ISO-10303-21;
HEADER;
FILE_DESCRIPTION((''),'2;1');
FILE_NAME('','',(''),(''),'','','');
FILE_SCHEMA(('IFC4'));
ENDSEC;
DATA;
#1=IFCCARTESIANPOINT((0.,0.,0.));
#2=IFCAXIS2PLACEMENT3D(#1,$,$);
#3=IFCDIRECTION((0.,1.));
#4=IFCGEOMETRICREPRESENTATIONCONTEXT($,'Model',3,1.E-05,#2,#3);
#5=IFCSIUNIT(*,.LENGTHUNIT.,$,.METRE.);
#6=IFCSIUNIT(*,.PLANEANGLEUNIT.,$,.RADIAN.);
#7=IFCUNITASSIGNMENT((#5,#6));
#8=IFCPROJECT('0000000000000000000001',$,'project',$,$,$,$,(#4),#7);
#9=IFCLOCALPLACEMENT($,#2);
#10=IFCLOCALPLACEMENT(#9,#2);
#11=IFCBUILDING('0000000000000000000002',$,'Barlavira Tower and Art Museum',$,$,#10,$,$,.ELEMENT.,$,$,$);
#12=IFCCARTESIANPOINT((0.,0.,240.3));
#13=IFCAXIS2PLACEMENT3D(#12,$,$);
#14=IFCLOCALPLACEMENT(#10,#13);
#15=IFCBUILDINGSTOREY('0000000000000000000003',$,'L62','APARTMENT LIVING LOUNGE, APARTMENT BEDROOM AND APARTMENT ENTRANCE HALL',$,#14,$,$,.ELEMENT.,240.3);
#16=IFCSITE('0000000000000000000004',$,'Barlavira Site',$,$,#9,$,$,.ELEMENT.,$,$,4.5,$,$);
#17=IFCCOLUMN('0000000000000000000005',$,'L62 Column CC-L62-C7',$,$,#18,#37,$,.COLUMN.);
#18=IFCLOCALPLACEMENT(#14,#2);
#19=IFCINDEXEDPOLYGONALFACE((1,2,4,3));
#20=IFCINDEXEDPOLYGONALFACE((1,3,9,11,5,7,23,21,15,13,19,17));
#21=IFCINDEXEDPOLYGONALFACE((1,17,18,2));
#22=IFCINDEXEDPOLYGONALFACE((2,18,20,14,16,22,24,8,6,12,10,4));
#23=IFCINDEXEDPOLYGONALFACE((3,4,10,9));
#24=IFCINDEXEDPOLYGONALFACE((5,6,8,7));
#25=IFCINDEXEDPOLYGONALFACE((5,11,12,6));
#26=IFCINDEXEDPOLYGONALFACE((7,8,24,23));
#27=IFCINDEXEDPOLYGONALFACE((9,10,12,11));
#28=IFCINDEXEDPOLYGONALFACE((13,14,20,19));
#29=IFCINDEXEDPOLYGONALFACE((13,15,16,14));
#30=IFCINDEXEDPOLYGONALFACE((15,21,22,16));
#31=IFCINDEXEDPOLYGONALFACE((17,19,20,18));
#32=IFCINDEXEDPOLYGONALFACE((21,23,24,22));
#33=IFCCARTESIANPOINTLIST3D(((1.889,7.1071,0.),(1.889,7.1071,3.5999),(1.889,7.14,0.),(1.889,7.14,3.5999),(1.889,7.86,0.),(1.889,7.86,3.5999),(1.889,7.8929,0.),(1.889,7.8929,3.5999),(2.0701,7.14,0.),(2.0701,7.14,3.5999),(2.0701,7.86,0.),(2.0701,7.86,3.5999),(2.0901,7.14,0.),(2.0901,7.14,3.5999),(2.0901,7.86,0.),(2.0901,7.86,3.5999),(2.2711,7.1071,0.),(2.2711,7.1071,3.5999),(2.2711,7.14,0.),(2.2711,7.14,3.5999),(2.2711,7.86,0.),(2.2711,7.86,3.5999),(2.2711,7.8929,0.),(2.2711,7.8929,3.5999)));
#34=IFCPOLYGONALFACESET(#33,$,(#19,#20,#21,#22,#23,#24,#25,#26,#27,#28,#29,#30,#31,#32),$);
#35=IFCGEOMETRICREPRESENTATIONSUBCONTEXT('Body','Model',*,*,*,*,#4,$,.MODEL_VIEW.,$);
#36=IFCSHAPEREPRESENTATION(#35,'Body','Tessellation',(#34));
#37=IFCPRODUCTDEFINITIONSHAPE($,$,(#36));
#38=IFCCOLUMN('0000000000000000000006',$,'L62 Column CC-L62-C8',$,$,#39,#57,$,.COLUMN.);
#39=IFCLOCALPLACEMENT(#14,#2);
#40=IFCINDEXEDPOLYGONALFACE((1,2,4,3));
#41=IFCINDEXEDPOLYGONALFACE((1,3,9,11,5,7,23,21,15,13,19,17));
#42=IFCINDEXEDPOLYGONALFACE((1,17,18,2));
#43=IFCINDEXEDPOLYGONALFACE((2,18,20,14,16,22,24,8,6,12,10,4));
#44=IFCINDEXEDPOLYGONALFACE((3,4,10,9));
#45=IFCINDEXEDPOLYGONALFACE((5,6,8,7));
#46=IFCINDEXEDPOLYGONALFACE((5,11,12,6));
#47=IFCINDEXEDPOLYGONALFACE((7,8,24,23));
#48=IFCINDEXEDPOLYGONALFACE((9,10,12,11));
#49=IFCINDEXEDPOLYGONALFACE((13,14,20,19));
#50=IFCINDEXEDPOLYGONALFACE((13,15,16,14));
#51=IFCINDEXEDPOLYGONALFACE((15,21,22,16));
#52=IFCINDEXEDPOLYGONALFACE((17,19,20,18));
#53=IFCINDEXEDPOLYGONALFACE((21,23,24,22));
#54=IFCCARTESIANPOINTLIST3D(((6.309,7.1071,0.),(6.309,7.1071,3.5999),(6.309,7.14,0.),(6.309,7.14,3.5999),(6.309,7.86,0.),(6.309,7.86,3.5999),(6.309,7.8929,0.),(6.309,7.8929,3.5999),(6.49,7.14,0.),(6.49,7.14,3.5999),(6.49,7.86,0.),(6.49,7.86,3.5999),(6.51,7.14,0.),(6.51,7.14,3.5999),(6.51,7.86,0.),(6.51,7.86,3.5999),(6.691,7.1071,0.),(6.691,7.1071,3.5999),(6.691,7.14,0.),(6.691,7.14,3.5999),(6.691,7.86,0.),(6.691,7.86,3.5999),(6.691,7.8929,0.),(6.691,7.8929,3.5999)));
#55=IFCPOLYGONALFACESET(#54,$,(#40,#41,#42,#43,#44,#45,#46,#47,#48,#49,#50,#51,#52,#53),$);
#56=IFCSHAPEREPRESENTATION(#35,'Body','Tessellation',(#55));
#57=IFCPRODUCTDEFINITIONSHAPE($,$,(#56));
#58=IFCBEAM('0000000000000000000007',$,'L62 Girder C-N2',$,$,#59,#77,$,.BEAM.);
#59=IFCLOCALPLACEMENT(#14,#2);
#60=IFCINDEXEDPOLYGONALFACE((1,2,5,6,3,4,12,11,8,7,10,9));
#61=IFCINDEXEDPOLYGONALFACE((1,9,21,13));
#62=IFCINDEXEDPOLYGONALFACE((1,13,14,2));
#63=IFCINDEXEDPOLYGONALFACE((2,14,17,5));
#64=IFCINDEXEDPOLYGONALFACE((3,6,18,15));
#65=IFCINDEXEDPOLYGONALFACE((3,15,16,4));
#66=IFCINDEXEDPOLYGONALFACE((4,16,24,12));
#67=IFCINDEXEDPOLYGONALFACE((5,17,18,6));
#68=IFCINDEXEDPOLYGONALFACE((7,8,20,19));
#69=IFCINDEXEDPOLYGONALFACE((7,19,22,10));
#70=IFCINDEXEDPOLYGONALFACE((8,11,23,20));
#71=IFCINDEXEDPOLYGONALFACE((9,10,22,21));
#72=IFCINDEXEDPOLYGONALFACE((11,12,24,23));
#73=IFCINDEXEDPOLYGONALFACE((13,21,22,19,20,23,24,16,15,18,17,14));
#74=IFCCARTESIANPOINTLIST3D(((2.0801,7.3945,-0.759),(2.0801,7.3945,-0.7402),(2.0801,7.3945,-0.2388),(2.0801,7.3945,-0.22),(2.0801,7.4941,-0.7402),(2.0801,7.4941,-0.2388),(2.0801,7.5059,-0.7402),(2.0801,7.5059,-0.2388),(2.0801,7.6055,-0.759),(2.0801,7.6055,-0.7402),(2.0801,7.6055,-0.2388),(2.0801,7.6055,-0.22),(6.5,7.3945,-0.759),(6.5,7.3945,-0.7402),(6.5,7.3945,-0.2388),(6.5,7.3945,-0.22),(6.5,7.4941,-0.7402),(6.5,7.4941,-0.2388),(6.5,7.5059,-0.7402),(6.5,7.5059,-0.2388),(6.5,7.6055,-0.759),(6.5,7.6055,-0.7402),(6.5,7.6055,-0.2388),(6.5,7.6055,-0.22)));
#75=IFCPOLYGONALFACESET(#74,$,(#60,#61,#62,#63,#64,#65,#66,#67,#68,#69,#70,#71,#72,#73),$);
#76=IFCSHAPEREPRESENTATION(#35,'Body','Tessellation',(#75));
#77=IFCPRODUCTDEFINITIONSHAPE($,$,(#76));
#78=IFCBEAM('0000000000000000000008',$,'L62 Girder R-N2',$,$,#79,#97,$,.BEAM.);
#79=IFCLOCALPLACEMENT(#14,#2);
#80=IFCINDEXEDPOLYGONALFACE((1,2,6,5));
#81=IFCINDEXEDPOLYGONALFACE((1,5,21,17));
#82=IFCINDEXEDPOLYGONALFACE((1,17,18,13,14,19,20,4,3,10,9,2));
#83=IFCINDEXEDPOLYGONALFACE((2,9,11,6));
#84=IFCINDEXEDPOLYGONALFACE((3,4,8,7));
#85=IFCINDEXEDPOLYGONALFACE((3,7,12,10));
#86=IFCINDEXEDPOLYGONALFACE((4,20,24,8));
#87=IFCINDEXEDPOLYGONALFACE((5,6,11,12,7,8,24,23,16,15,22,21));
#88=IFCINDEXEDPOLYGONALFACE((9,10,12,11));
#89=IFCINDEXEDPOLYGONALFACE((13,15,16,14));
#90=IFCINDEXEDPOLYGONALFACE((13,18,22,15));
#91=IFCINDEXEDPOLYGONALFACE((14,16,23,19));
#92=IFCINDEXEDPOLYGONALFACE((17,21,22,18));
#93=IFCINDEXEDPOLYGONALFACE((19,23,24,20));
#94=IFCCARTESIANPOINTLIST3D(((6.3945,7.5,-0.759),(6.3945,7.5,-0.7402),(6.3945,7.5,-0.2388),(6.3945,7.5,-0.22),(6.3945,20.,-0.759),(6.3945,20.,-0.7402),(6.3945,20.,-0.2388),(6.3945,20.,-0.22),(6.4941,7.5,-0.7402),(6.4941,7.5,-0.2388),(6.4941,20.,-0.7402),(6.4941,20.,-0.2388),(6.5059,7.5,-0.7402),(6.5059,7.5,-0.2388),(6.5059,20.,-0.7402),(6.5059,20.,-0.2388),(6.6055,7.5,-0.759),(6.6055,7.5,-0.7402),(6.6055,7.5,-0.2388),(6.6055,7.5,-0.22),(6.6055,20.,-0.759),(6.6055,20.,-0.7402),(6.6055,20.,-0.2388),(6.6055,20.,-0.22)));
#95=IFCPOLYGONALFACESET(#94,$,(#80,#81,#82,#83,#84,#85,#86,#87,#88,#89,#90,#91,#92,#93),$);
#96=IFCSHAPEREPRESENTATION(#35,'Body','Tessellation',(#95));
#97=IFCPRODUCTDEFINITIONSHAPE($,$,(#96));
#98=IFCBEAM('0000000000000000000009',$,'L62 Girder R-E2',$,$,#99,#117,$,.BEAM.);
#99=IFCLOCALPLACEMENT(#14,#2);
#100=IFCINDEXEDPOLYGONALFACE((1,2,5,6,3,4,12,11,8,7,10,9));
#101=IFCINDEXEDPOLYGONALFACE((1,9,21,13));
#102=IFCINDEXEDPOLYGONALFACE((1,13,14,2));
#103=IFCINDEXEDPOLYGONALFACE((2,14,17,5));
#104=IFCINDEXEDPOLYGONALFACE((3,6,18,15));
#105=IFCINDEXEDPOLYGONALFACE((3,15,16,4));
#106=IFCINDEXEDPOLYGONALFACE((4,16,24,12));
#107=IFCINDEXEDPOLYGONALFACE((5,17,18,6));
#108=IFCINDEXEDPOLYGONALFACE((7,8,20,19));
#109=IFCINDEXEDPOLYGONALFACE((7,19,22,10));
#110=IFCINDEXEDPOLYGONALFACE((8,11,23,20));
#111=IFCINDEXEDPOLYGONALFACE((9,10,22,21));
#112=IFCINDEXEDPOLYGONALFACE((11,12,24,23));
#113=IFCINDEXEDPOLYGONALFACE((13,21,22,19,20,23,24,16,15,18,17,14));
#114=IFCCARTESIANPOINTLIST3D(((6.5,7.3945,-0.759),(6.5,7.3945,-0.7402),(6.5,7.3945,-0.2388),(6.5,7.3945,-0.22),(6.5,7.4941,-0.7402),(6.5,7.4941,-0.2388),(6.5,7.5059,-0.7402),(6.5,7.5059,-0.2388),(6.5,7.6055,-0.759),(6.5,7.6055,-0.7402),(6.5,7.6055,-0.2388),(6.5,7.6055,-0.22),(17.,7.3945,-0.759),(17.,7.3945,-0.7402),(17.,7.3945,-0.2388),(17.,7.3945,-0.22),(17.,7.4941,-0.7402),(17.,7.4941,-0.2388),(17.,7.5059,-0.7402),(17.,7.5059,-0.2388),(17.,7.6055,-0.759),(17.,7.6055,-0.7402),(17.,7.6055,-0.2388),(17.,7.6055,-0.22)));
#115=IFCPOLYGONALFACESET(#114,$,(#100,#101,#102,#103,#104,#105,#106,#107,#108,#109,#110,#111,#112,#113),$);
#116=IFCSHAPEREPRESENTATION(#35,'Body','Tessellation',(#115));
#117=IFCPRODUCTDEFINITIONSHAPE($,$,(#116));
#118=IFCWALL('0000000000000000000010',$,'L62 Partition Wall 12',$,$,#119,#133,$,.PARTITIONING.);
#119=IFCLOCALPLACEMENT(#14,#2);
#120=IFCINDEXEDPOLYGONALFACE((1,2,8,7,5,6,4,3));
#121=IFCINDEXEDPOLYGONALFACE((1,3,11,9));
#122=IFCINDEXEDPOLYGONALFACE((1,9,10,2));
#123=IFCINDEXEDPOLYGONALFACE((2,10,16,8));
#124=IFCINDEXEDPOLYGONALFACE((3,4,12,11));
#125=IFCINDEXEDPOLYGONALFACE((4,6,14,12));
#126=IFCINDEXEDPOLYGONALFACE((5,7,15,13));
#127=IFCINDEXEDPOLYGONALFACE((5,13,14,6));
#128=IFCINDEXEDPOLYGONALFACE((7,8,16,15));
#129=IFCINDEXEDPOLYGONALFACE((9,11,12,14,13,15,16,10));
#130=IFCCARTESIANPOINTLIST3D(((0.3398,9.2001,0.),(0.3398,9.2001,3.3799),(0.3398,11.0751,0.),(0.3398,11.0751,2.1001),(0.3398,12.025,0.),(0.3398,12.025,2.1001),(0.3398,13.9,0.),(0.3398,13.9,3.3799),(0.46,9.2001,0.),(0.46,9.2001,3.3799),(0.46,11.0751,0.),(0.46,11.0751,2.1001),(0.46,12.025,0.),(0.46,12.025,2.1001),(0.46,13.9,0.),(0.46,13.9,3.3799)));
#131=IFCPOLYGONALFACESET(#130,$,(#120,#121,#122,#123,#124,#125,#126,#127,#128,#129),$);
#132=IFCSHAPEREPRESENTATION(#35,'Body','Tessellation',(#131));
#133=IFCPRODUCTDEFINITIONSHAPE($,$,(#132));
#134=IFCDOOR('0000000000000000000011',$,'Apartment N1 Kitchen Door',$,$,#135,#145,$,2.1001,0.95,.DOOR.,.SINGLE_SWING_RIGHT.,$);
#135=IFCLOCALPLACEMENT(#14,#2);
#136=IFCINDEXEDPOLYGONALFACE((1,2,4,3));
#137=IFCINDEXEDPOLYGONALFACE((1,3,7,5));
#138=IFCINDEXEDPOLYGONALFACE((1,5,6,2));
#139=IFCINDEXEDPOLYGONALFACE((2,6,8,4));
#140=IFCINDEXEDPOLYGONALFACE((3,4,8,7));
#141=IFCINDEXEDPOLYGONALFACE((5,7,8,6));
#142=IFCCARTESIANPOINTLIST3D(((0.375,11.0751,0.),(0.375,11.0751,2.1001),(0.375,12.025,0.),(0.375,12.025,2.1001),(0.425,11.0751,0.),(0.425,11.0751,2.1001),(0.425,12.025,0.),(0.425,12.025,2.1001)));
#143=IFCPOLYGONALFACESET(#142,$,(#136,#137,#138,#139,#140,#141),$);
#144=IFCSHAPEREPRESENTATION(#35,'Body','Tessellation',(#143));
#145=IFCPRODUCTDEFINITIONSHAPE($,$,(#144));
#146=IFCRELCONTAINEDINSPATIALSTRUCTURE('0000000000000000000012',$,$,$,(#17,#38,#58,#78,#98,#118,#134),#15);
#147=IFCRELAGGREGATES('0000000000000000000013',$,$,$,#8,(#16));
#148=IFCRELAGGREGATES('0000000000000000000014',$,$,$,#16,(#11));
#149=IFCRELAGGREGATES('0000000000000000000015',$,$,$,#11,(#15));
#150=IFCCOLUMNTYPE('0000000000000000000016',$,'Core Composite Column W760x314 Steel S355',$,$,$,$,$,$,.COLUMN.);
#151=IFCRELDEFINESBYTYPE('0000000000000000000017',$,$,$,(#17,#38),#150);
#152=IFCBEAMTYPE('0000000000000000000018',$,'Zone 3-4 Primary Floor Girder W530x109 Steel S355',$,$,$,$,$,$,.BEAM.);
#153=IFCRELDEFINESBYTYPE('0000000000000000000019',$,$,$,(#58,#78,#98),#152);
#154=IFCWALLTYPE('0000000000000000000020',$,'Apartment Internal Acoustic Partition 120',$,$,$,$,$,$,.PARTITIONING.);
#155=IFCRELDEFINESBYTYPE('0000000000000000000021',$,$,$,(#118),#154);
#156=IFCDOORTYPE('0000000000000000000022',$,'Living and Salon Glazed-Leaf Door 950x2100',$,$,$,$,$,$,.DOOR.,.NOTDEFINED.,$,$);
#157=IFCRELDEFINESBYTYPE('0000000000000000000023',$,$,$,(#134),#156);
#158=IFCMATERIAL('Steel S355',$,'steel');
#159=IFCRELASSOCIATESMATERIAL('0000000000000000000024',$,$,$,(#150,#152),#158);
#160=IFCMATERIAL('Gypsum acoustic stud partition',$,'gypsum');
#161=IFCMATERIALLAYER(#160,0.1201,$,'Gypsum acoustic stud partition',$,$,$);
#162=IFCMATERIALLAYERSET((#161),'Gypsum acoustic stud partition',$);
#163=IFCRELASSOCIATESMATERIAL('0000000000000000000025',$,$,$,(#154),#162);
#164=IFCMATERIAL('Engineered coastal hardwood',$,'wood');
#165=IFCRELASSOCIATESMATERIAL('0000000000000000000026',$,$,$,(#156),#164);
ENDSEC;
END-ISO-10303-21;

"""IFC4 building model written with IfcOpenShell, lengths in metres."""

from ifc_helpers import new_model, si_unit, direction, frame, frame_2d, origin, origin_2d, place, context, subcontext, project, spatial, rectangle, i_section, extrude, material, layer, layer_set, material_profile, profile_set, type_object, element, fill, save


model = new_model("IFC4")

# Units and contexts
model_context = context("Model", 3, precision=1e-05, world=origin(), true_north=direction((0.0, 1.0)))
body_context = subcontext(model_context, "Body", "Model", "MODEL_VIEW")
ifc_project = project(units=[si_unit("LENGTHUNIT", "METRE"), si_unit("PLANEANGLEUNIT", "RADIAN")], contexts=[model_context])

# Site, building, storey
site_placement = place(None, origin())
site = spatial("IfcSite", under=ifc_project, at=site_placement, Name="Barlavira Site", CompositionType="ELEMENT", RefElevation=4.5)
building_placement = place(site_placement, origin())
building = spatial("IfcBuilding", under=site, at=building_placement, Name="Barlavira Tower and Art Museum", CompositionType="ELEMENT")
storey_placement = place(building_placement, frame((0.0, 0.0, 240.3)))
storey = spatial("IfcBuildingStorey", under=building, at=storey_placement, Name="L62", Description="APARTMENT LIVING LOUNGE, APARTMENT BEDROOM AND APARTMENT ENTRANCE HALL", CompositionType="ELEMENT", Elevation=240.3)

# Columns
ifc_material_1 = material(Name="Steel S355", Category="steel")
ifc_material_profile_1 = material_profile(ifc_material_1, i_section(OverallWidth=0.3821, OverallDepth=0.7859, WebThickness=0.02, FlangeThickness=0.033, at=origin_2d()), Name="W760x314.0")
ifc_profile_set_1 = profile_set([ifc_material_profile_1], Name="Steel S355")
column_type = type_object("IfcColumnType", Name="Core Composite Column W760x314 Steel S355", PredefinedType="COLUMN", material=ifc_profile_set_1)
for number, where, z_axis, x_axis, name in (
    (1, (2.0801, 7.5, 0.0), (0.0, 0.0, 1.0), (1.0, 0.0, 0.0), "L62 Column CC-L62-C7"),
    (2, (6.5, 7.5, 0.0), (0.0, 0.0, 1.0), (1.0, 0.0, 0.0), "L62 Column CC-L62-C8"),
):
    element("IfcColumn", number, at=place(storey_placement, frame(where, z_axis=z_axis, x_axis=x_axis)), inside=storey, type_object=column_type, Name=name, PredefinedType="COLUMN", context=body_context, shape_type="SweptSolid", body=[
        extrude(i_section(OverallWidth=0.3821, OverallDepth=0.7859, WebThickness=0.02, FlangeThickness=0.033, at=origin_2d()), origin(), (0.0, 0.0, 1.0), 3.5999),
    ])

# Beams
ifc_material_profile_2 = material_profile(ifc_material_1, i_section(OverallWidth=0.2109, OverallDepth=0.5391, WebThickness=0.0117, FlangeThickness=0.0188, at=origin_2d()), Name="W530x109.0")
ifc_profile_set_2 = profile_set([ifc_material_profile_2], Name="Steel S355")
beam_type = type_object("IfcBeamType", Name="Zone 3-4 Primary Floor Girder W530x109 Steel S355", PredefinedType="BEAM", material=ifc_profile_set_2)
beam_1_placement = place(storey_placement, frame((2.0801, 7.5, -0.4895), z_axis=(1.0, 0.0, 0.0), x_axis=(0.0, 1.0, 0.0)))
element("IfcBeam", 3, at=beam_1_placement, inside=storey, type_object=beam_type, Name="L62 Girder C-N2", PredefinedType="BEAM", context=body_context, shape_type="SweptSolid", body=[
    extrude(i_section(OverallWidth=0.2109, OverallDepth=0.5391, WebThickness=0.0117, FlangeThickness=0.0188, at=origin_2d()), origin(), (0.0, 0.0, 1.0), 4.4199),
])
beam_2_placement = place(storey_placement, frame((6.5, 7.5, -0.4895), z_axis=(0.0, 1.0, 0.0), x_axis=(-1.0, 0.0, 0.0)))
element("IfcBeam", 4, at=beam_2_placement, inside=storey, type_object=beam_type, Name="L62 Girder R-N2", PredefinedType="BEAM", context=body_context, shape_type="SweptSolid", body=[
    extrude(i_section(OverallWidth=0.2109, OverallDepth=0.5391, WebThickness=0.0117, FlangeThickness=0.0188, at=origin_2d()), origin(), (0.0, 0.0, 1.0), 12.5),
])
beam_3_placement = place(storey_placement, frame((6.5, 7.5, -0.4895), z_axis=(1.0, 0.0, 0.0), x_axis=(0.0, 1.0, 0.0)))
element("IfcBeam", 5, at=beam_3_placement, inside=storey, type_object=beam_type, Name="L62 Girder R-E2", PredefinedType="BEAM", context=body_context, shape_type="SweptSolid", body=[
    extrude(i_section(OverallWidth=0.2109, OverallDepth=0.5391, WebThickness=0.0117, FlangeThickness=0.0188, at=origin_2d()), origin(), (0.0, 0.0, 1.0), 10.5),
])

# Wall, opening, door
ifc_material_2 = material(Name="Gypsum acoustic stud partition", Category="gypsum")
ifc_layer_1 = layer(ifc_material_2, 0.1201, Name="Gypsum acoustic stud partition")
ifc_layer_set_1 = layer_set([ifc_layer_1], Name="Gypsum acoustic stud partition")
wall_type_1 = type_object("IfcWallType", Name="Apartment Internal Acoustic Partition 120", PredefinedType="PARTITIONING", material=ifc_layer_set_1)
wall_1_placement = place(storey_placement, frame((0.3999, 9.2, 0.0), z_axis=(0.0, 0.0, 1.0), x_axis=(0.0, 1.0, 0.0)))
wall_1 = element("IfcWall", 6, at=wall_1_placement, inside=storey, type_object=wall_type_1, Name="L62 Partition Wall 12", PredefinedType="PARTITIONING", context=body_context, shape_type="SweptSolid", body=[
    extrude(rectangle(XDim=4.7, YDim=0.1201, at=frame_2d((2.3501, 0.0))), origin(), (0.0, 0.0, 1.0), 3.3799),
])
opening_1_placement = place(wall_1_placement, frame((1.875, 0.0, 0.0)))
opening_1 = element("IfcOpeningElement", 7, at=opening_1_placement, cuts=wall_1, PredefinedType="OPENING", context=body_context, shape_type="SweptSolid", body=[
    extrude(rectangle(XDim=0.95, YDim=2.1001, at=frame_2d((0.4751, 1.05))), frame((0.0, 0.0701, 0.0), z_axis=(0.0, -1.0, 0.0), x_axis=(1.0, 0.0, 0.0)), (0.0, 0.0, 1.0), 0.1401),
])
ifc_material_3 = material(Name="Engineered coastal hardwood", Category="wood")
door_type_1 = type_object("IfcDoorType", Name="Living and Salon Glazed-Leaf Door 950x2100", OperationType="NOTDEFINED", PredefinedType="DOOR", material=ifc_material_3)
door_1_placement = place(opening_1_placement, origin())
door_1 = element("IfcDoor", 8, at=door_1_placement, inside=storey, type_object=door_type_1, Name="Apartment N1 Kitchen Door", OperationType="SINGLE_SWING_RIGHT", OverallHeight=2.1001, OverallWidth=0.95, PredefinedType="DOOR", context=body_context, shape_type="SweptSolid", body=[
    extrude(rectangle(XDim=0.95, YDim=2.1001, at=frame_2d((0.4751, 1.05))), frame((0.0, 0.0249, 0.0), z_axis=(0.0, -1.0, 0.0), x_axis=(1.0, 0.0, 0.0)), (0.0, 0.0, 1.0), 0.05),
])
fill(opening_1, door_1)

save(model, "model.ifc")
